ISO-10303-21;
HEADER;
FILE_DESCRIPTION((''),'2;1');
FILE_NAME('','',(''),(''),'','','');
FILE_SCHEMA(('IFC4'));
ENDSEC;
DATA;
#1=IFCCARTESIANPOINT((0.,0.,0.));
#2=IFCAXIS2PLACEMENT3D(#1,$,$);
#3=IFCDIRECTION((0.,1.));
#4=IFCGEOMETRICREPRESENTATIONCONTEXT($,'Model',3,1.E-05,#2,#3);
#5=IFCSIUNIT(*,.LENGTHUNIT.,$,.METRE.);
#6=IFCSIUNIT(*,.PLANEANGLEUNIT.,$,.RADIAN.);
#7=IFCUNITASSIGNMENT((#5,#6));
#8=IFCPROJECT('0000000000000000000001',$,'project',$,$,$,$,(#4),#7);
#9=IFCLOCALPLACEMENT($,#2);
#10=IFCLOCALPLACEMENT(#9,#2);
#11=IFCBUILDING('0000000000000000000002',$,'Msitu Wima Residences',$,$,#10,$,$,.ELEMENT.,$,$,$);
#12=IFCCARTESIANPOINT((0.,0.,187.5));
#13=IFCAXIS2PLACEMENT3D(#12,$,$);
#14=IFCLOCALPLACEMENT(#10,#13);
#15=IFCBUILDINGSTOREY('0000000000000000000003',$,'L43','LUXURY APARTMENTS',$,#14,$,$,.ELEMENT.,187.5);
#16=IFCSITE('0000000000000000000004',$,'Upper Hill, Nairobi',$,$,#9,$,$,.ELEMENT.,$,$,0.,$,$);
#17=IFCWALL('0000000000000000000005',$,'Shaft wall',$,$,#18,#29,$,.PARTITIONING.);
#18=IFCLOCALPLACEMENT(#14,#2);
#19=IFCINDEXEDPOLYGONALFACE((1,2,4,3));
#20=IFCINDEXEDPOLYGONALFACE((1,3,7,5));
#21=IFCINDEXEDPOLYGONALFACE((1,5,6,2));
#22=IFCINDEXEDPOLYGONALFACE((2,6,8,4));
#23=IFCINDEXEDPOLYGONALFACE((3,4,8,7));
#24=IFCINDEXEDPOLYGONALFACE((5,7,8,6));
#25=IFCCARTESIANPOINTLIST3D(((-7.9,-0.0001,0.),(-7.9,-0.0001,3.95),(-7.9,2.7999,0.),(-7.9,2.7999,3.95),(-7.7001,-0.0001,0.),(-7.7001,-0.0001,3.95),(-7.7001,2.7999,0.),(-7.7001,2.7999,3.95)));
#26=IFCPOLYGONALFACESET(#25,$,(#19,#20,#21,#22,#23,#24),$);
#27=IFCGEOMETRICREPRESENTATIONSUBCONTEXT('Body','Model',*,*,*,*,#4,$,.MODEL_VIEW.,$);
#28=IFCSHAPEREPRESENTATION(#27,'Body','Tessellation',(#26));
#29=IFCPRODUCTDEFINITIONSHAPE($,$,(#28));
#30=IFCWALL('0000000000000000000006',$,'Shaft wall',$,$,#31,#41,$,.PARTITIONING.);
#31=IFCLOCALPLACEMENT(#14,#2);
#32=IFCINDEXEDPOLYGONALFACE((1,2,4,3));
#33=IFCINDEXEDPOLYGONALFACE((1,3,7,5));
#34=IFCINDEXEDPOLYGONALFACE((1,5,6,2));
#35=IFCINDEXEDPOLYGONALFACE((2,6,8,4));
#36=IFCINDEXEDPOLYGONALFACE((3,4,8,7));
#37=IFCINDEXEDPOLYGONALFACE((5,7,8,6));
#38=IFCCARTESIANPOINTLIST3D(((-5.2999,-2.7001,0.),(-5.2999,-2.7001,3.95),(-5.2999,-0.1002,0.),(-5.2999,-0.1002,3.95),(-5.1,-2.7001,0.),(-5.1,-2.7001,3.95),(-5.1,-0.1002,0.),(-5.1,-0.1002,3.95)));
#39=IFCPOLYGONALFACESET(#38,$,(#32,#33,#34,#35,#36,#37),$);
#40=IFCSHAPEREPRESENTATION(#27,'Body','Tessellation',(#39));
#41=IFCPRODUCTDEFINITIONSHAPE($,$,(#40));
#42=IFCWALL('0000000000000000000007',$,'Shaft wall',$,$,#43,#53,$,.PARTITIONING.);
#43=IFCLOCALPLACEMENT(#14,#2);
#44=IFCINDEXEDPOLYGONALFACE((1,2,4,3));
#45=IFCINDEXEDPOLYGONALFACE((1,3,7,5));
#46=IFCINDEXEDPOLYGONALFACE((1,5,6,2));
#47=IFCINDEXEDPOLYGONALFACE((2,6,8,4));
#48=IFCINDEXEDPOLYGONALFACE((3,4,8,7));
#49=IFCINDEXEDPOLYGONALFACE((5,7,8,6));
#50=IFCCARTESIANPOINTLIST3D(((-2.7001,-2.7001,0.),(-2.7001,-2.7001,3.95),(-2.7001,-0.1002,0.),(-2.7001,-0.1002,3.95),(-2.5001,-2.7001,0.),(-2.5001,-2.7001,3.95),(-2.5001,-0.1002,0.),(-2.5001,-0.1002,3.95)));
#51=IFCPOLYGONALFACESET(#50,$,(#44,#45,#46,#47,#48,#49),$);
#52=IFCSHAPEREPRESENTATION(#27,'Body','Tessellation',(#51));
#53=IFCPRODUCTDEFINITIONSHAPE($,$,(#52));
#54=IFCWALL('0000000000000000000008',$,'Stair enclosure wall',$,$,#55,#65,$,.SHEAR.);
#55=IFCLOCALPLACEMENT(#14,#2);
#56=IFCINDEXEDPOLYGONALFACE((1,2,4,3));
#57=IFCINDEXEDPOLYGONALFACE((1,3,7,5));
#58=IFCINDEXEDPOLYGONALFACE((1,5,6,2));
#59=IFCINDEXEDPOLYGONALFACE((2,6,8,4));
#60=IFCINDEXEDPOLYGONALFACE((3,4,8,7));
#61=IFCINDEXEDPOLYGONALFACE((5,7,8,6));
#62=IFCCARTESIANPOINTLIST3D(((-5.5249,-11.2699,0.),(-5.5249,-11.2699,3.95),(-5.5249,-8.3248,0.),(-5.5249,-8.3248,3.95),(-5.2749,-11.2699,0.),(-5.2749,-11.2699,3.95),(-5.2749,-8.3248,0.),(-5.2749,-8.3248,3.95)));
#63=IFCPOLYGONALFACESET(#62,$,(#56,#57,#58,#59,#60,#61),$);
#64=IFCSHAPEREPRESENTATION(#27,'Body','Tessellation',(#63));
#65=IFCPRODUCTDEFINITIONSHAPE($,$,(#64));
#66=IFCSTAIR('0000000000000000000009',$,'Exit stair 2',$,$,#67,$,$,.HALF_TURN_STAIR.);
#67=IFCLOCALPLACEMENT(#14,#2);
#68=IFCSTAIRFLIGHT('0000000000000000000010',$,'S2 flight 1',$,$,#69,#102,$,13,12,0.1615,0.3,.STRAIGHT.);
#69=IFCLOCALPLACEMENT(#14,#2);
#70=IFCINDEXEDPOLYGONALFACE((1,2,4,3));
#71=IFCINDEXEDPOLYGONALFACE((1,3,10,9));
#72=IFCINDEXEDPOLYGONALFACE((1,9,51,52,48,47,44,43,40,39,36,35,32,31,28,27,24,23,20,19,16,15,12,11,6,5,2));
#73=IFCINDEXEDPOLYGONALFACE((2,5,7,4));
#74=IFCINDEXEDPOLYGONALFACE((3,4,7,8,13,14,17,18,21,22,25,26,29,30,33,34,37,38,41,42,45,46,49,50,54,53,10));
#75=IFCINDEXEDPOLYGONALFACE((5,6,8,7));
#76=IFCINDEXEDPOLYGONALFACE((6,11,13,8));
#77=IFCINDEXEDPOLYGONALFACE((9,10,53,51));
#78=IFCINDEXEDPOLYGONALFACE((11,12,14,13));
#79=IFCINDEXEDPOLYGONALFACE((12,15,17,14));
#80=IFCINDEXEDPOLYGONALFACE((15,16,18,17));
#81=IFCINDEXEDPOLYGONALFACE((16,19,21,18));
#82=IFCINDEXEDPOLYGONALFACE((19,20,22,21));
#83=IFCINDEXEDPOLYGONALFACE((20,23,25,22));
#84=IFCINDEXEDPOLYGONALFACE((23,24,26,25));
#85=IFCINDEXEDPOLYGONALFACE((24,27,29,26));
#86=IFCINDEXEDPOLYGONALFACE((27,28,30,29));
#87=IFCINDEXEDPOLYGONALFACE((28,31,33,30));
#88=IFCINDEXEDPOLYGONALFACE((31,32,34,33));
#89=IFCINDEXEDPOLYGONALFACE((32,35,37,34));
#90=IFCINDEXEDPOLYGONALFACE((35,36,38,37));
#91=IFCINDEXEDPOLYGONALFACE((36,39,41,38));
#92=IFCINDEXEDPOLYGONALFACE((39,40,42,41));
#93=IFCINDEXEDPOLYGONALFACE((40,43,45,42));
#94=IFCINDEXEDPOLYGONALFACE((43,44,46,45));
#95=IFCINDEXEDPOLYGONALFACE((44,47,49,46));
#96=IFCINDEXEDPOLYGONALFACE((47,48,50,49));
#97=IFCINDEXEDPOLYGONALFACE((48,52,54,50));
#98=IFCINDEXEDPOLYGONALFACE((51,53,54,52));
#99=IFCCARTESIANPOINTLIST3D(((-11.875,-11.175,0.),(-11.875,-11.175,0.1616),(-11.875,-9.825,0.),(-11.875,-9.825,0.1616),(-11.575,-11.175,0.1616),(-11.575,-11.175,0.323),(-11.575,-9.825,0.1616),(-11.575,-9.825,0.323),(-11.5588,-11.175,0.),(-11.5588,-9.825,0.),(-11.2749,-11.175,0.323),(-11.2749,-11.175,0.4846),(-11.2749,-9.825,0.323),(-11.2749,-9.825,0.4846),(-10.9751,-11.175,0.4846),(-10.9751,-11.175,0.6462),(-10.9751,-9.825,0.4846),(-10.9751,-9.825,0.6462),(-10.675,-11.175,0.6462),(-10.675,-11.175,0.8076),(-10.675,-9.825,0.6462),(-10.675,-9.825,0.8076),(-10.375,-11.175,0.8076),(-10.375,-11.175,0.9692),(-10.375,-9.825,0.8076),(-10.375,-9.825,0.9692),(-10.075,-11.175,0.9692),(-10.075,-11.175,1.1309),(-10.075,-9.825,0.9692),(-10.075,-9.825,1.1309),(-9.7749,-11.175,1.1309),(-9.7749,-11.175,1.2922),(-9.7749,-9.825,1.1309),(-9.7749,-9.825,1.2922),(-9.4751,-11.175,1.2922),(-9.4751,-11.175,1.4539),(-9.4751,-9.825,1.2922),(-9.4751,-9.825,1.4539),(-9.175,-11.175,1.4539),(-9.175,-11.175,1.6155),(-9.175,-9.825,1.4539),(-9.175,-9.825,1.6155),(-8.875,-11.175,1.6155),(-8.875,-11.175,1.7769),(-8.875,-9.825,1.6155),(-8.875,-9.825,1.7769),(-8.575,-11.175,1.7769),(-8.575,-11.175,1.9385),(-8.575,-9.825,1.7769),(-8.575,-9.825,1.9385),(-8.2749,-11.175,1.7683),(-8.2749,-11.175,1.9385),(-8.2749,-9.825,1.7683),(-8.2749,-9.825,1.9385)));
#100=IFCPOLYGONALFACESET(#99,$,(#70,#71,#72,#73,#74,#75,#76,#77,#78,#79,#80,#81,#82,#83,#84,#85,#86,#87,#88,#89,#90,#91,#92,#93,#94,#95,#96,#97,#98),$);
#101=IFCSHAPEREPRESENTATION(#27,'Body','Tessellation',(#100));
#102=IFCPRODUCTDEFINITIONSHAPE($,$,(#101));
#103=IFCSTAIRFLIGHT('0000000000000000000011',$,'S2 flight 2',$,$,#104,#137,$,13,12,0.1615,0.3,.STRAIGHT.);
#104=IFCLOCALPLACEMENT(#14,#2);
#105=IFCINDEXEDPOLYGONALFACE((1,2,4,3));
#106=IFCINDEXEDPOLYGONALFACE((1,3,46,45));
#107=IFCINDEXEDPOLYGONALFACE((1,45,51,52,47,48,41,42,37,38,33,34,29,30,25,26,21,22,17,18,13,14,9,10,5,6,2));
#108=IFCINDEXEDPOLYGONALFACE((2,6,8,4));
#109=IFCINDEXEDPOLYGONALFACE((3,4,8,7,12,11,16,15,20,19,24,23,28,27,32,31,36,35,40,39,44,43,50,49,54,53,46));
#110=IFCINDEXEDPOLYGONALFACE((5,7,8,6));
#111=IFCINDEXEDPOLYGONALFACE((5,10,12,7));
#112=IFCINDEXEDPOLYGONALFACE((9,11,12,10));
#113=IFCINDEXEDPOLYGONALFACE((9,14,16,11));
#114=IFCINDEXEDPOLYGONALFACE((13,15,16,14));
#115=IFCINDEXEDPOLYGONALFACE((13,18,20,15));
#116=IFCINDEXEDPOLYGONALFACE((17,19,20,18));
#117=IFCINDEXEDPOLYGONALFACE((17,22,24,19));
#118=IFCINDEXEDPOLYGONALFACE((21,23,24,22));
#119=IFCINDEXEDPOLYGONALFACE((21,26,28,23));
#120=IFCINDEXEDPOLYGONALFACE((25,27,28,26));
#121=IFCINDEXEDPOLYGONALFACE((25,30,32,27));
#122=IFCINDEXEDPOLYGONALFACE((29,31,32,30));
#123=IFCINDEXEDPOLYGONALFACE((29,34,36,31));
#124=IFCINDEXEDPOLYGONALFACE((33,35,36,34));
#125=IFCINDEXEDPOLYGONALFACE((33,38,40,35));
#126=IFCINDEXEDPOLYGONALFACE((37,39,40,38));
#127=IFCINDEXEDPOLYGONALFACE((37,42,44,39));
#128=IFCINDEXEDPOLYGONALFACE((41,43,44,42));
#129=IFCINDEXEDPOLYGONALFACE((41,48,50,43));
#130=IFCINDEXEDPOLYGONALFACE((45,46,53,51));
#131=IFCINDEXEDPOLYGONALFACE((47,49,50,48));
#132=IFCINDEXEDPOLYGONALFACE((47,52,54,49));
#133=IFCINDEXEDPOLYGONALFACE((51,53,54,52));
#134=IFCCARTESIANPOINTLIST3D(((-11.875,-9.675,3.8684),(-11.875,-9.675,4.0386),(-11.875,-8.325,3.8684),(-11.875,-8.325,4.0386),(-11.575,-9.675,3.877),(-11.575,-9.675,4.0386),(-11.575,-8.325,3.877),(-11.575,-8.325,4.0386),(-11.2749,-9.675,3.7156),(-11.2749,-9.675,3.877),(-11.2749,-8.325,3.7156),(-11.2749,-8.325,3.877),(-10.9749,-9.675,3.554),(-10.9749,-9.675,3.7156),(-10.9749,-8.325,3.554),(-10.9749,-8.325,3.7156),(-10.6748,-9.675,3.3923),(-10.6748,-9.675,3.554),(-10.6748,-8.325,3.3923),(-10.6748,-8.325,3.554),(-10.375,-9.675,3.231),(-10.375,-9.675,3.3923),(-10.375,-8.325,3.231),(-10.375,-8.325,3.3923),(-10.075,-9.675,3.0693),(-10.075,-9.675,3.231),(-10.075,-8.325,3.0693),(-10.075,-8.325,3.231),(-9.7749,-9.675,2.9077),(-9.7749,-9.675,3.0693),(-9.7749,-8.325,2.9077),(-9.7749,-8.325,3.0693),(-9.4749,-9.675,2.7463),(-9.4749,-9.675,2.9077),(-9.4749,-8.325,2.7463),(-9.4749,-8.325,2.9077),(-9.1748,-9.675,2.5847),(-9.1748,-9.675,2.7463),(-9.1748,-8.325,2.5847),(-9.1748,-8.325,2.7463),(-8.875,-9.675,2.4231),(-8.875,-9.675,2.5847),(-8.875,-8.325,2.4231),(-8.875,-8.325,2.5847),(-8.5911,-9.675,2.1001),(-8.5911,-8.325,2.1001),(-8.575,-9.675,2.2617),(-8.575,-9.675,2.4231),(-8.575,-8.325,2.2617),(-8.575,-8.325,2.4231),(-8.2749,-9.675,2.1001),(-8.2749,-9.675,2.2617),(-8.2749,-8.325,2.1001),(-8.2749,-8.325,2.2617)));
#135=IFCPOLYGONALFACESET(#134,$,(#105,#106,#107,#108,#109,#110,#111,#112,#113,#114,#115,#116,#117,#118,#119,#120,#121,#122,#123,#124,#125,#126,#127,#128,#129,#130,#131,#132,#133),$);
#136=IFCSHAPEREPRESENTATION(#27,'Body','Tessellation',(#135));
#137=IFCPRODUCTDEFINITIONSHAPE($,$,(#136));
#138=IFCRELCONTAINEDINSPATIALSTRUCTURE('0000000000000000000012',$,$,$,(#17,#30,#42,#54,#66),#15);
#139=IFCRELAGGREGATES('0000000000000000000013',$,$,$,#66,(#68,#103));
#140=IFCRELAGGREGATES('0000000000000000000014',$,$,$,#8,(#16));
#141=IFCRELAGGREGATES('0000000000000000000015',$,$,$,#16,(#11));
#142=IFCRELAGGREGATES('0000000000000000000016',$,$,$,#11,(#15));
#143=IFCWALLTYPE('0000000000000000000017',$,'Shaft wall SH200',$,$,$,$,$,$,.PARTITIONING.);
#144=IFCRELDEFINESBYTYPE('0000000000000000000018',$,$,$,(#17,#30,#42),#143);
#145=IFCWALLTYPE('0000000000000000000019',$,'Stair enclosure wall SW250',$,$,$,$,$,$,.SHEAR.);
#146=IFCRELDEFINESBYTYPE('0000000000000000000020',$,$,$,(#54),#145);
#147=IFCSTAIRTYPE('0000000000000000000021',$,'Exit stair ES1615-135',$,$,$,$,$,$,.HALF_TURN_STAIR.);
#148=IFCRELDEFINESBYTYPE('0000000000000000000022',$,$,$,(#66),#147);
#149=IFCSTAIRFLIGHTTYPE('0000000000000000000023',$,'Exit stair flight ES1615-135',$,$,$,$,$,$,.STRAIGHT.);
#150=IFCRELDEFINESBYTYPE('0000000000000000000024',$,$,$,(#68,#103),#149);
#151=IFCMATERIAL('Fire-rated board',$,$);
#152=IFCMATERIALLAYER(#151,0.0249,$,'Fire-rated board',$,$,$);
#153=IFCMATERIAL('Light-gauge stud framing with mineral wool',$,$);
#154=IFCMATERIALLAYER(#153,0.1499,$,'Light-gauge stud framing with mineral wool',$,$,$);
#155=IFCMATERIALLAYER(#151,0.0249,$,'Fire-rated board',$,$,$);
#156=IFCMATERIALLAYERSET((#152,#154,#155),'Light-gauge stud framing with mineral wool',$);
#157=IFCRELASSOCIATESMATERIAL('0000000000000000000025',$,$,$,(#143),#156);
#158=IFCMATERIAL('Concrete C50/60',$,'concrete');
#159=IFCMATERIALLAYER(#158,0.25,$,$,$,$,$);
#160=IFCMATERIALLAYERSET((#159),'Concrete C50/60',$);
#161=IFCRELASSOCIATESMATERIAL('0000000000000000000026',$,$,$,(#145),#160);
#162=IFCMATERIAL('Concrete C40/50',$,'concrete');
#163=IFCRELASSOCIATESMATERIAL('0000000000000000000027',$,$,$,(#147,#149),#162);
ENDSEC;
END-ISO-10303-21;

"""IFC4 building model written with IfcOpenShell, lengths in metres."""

from ifc_helpers import new_model, si_unit, direction, frame, frame_2d, origin, place, context, subcontext, project, spatial, polyline, rectangle, outline, extrude, material, layer, layer_set, type_object, element, aggregate, save


model = new_model("IFC4")

# Units and contexts
model_context = context("Model", 3, precision=1e-05, world=origin(), true_north=direction((0.0, 1.0)))
body_context = subcontext(model_context, "Body", "Model", "MODEL_VIEW")
ifc_project = project(units=[si_unit("LENGTHUNIT", "METRE"), si_unit("PLANEANGLEUNIT", "RADIAN")], contexts=[model_context])

# Site, building, storey
site_placement = place(None, origin())
site = spatial("IfcSite", under=ifc_project, at=site_placement, Name="Upper Hill, Nairobi", CompositionType="ELEMENT", RefElevation=0.0)
building_placement = place(site_placement, origin())
building = spatial("IfcBuilding", under=site, at=building_placement, Name="Msitu Wima Residences", CompositionType="ELEMENT")
storey_placement = place(building_placement, frame((0.0, 0.0, 187.5)))
storey = spatial("IfcBuildingStorey", under=building, at=storey_placement, Name="L43", Description="LUXURY APARTMENTS", CompositionType="ELEMENT", Elevation=187.5)

# Shared definitions
ifc_material_1 = material(Name="Concrete C40/50", Category="concrete")

# Shared definitions
ifc_material_2 = material(Name="Fire-rated board")
ifc_layer_1 = layer(ifc_material_2, 0.0249, Name="Fire-rated board")
ifc_material_3 = material(Name="Light-gauge stud framing with mineral wool")
ifc_layer_2 = layer(ifc_material_3, 0.1499, Name="Light-gauge stud framing with mineral wool")
ifc_layer_3 = layer(ifc_material_2, 0.0249, Name="Fire-rated board")
ifc_layer_set_1 = layer_set([ifc_layer_1, ifc_layer_2, ifc_layer_3], Name="Light-gauge stud framing with mineral wool")
wall_type_1 = type_object("IfcWallType", Name="Shaft wall SH200", PredefinedType="PARTITIONING", material=ifc_layer_set_1)

# Walls
for number, where, z_axis, x_axis, name in (
    (1, (-7.8, 0.0, 0.0), (0.0, 0.0, 1.0), (0.0, 1.0, 0.0), "Shaft wall"),
):
    element("IfcWall", number, at=place(storey_placement, frame(where, z_axis=z_axis, x_axis=x_axis)), inside=storey, type_object=wall_type_1, Name=name, PredefinedType="PARTITIONING", context=body_context, shape_type="SweptSolid", body=[
        extrude(rectangle(XDim=2.8, YDim=0.2, at=frame_2d((1.3999, 0.0))), origin(), (0.0, 0.0, 1.0), 3.95),
    ])
for number, where, z_axis, x_axis, name in (
    (2, (-5.2, -2.7, 0.0), (0.0, 0.0, 1.0), (0.0, 1.0, 0.0), "Shaft wall"),
    (3, (-2.6001, -2.7, 0.0), (0.0, 0.0, 1.0), (0.0, 1.0, 0.0), "Shaft wall"),
):
    element("IfcWall", number, at=place(storey_placement, frame(where, z_axis=z_axis, x_axis=x_axis)), inside=storey, type_object=wall_type_1, Name=name, PredefinedType="PARTITIONING", context=body_context, shape_type="SweptSolid", body=[
        extrude(rectangle(XDim=2.5999, YDim=0.2, at=frame_2d((1.2998, 0.0))), origin(), (0.0, 0.0, 1.0), 3.95),
    ])
ifc_material_4 = material(Name="Concrete C50/60", Category="concrete")
ifc_layer_4 = layer(ifc_material_4, 0.25)
ifc_layer_set_2 = layer_set([ifc_layer_4], Name="Concrete C50/60")
wall_type_2 = type_object("IfcWallType", Name="Stair enclosure wall SW250", PredefinedType="SHEAR", material=ifc_layer_set_2)
wall_1_placement = place(storey_placement, frame((-5.3999, -11.27, 0.0), z_axis=(0.0, 0.0, 1.0), x_axis=(0.0, 1.0, 0.0)))
element("IfcWall", 4, at=wall_1_placement, inside=storey, type_object=wall_type_2, Name="Stair enclosure wall", PredefinedType="SHEAR", context=body_context, shape_type="SweptSolid", body=[
    extrude(rectangle(XDim=2.9451, YDim=0.25, at=frame_2d((1.4727, 0.0))), origin(), (0.0, 0.0, 1.0), 3.95),
])

# Stair, stair flights
stair_type = type_object("IfcStairType", Name="Exit stair ES1615-135", PredefinedType="HALF_TURN_STAIR", material=ifc_material_1)
stair_placement = place(storey_placement, origin())
stair = element("IfcStair", 5, at=stair_placement, inside=storey, type_object=stair_type, Name="Exit stair 2", PredefinedType="HALF_TURN_STAIR")
stair_flight_type = type_object("IfcStairFlightType", Name="Exit stair flight ES1615-135", PredefinedType="STRAIGHT", material=ifc_material_1)
stair_flight_1_placement = place(storey_placement, frame((-11.875, -10.5, 0.0), z_axis=(0.0, 0.0, 1.0), x_axis=(1.0, 0.0, 0.0)))
stair_flight_1 = element("IfcStairFlight", 6, at=stair_flight_1_placement, type_object=stair_flight_type, Name="S2 flight 1", NumberOfRisers=13, NumberOfTreads=12, PredefinedType="STRAIGHT", RiserHeight=0.1615, TreadLength=0.3, context=body_context, shape_type="SweptSolid", body=[
    extrude(outline(polyline([(0.0, 0.0), (0.0, 0.1616), (0.3, 0.1616), (0.3, 0.323), (0.6001, 0.323), (0.6001, 0.4846), (0.8999, 0.4846), (0.8999, 0.6462), (1.2, 0.6462), (1.2, 0.8076), (1.5, 0.8076), (1.5, 0.9692), (1.8, 0.9692), (1.8, 1.1309), (2.1001, 1.1309), (2.1001, 1.2922), (2.3999, 1.2922), (2.3999, 1.4539), (2.7, 1.4539), (2.7, 1.6155), (3.0, 1.6155), (3.0, 1.7769), (3.3, 1.7769), (3.3, 1.9385), (3.6001, 1.9385), (3.6001, 2.1001), (3.6001, 1.7683), (0.3162, 0.0), (0.0, 0.0)])), frame((0.0, 0.675, 0.0), z_axis=(0.0, -1.0, 0.0), x_axis=(1.0, 0.0, 0.0)), (0.0, 0.0, 1.0), 1.3501),
])
stair_flight_2_placement = place(storey_placement, frame((-8.2749, -9.0, 2.1001), z_axis=(0.0, 0.0, 1.0), x_axis=(-1.0, 0.0, 0.0)))
stair_flight_2 = element("IfcStairFlight", 7, at=stair_flight_2_placement, type_object=stair_flight_type, Name="S2 flight 2", NumberOfRisers=13, NumberOfTreads=12, PredefinedType="STRAIGHT", RiserHeight=0.1615, TreadLength=0.3, context=body_context, shape_type="SweptSolid", body=[
    extrude(outline(polyline([(0.0, 0.0), (0.0, 0.1616), (0.3, 0.1616), (0.3, 0.323), (0.6001, 0.323), (0.6001, 0.4846), (0.8999, 0.4846), (0.8999, 0.6462), (1.2, 0.6462), (1.2, 0.8076), (1.5, 0.8076), (1.5, 0.9692), (1.8, 0.9692), (1.8, 1.1309), (2.1001, 1.1309), (2.1001, 1.2922), (2.3999, 1.2922), (2.3999, 1.4539), (2.7, 1.4539), (2.7, 1.6155), (3.0, 1.6155), (3.0, 1.7769), (3.3, 1.7769), (3.3, 1.9385), (3.6001, 1.9385), (3.6001, 2.1001), (3.6001, 1.7683), (0.3162, 0.0), (0.0, 0.0)])), frame((0.0, 0.675, 0.0), z_axis=(0.0, -1.0, 0.0), x_axis=(1.0, 0.0, 0.0)), (0.0, 0.0, 1.0), 1.3501),
])
aggregate(stair, [stair_flight_1, stair_flight_2])

save(model, "model.ifc")
